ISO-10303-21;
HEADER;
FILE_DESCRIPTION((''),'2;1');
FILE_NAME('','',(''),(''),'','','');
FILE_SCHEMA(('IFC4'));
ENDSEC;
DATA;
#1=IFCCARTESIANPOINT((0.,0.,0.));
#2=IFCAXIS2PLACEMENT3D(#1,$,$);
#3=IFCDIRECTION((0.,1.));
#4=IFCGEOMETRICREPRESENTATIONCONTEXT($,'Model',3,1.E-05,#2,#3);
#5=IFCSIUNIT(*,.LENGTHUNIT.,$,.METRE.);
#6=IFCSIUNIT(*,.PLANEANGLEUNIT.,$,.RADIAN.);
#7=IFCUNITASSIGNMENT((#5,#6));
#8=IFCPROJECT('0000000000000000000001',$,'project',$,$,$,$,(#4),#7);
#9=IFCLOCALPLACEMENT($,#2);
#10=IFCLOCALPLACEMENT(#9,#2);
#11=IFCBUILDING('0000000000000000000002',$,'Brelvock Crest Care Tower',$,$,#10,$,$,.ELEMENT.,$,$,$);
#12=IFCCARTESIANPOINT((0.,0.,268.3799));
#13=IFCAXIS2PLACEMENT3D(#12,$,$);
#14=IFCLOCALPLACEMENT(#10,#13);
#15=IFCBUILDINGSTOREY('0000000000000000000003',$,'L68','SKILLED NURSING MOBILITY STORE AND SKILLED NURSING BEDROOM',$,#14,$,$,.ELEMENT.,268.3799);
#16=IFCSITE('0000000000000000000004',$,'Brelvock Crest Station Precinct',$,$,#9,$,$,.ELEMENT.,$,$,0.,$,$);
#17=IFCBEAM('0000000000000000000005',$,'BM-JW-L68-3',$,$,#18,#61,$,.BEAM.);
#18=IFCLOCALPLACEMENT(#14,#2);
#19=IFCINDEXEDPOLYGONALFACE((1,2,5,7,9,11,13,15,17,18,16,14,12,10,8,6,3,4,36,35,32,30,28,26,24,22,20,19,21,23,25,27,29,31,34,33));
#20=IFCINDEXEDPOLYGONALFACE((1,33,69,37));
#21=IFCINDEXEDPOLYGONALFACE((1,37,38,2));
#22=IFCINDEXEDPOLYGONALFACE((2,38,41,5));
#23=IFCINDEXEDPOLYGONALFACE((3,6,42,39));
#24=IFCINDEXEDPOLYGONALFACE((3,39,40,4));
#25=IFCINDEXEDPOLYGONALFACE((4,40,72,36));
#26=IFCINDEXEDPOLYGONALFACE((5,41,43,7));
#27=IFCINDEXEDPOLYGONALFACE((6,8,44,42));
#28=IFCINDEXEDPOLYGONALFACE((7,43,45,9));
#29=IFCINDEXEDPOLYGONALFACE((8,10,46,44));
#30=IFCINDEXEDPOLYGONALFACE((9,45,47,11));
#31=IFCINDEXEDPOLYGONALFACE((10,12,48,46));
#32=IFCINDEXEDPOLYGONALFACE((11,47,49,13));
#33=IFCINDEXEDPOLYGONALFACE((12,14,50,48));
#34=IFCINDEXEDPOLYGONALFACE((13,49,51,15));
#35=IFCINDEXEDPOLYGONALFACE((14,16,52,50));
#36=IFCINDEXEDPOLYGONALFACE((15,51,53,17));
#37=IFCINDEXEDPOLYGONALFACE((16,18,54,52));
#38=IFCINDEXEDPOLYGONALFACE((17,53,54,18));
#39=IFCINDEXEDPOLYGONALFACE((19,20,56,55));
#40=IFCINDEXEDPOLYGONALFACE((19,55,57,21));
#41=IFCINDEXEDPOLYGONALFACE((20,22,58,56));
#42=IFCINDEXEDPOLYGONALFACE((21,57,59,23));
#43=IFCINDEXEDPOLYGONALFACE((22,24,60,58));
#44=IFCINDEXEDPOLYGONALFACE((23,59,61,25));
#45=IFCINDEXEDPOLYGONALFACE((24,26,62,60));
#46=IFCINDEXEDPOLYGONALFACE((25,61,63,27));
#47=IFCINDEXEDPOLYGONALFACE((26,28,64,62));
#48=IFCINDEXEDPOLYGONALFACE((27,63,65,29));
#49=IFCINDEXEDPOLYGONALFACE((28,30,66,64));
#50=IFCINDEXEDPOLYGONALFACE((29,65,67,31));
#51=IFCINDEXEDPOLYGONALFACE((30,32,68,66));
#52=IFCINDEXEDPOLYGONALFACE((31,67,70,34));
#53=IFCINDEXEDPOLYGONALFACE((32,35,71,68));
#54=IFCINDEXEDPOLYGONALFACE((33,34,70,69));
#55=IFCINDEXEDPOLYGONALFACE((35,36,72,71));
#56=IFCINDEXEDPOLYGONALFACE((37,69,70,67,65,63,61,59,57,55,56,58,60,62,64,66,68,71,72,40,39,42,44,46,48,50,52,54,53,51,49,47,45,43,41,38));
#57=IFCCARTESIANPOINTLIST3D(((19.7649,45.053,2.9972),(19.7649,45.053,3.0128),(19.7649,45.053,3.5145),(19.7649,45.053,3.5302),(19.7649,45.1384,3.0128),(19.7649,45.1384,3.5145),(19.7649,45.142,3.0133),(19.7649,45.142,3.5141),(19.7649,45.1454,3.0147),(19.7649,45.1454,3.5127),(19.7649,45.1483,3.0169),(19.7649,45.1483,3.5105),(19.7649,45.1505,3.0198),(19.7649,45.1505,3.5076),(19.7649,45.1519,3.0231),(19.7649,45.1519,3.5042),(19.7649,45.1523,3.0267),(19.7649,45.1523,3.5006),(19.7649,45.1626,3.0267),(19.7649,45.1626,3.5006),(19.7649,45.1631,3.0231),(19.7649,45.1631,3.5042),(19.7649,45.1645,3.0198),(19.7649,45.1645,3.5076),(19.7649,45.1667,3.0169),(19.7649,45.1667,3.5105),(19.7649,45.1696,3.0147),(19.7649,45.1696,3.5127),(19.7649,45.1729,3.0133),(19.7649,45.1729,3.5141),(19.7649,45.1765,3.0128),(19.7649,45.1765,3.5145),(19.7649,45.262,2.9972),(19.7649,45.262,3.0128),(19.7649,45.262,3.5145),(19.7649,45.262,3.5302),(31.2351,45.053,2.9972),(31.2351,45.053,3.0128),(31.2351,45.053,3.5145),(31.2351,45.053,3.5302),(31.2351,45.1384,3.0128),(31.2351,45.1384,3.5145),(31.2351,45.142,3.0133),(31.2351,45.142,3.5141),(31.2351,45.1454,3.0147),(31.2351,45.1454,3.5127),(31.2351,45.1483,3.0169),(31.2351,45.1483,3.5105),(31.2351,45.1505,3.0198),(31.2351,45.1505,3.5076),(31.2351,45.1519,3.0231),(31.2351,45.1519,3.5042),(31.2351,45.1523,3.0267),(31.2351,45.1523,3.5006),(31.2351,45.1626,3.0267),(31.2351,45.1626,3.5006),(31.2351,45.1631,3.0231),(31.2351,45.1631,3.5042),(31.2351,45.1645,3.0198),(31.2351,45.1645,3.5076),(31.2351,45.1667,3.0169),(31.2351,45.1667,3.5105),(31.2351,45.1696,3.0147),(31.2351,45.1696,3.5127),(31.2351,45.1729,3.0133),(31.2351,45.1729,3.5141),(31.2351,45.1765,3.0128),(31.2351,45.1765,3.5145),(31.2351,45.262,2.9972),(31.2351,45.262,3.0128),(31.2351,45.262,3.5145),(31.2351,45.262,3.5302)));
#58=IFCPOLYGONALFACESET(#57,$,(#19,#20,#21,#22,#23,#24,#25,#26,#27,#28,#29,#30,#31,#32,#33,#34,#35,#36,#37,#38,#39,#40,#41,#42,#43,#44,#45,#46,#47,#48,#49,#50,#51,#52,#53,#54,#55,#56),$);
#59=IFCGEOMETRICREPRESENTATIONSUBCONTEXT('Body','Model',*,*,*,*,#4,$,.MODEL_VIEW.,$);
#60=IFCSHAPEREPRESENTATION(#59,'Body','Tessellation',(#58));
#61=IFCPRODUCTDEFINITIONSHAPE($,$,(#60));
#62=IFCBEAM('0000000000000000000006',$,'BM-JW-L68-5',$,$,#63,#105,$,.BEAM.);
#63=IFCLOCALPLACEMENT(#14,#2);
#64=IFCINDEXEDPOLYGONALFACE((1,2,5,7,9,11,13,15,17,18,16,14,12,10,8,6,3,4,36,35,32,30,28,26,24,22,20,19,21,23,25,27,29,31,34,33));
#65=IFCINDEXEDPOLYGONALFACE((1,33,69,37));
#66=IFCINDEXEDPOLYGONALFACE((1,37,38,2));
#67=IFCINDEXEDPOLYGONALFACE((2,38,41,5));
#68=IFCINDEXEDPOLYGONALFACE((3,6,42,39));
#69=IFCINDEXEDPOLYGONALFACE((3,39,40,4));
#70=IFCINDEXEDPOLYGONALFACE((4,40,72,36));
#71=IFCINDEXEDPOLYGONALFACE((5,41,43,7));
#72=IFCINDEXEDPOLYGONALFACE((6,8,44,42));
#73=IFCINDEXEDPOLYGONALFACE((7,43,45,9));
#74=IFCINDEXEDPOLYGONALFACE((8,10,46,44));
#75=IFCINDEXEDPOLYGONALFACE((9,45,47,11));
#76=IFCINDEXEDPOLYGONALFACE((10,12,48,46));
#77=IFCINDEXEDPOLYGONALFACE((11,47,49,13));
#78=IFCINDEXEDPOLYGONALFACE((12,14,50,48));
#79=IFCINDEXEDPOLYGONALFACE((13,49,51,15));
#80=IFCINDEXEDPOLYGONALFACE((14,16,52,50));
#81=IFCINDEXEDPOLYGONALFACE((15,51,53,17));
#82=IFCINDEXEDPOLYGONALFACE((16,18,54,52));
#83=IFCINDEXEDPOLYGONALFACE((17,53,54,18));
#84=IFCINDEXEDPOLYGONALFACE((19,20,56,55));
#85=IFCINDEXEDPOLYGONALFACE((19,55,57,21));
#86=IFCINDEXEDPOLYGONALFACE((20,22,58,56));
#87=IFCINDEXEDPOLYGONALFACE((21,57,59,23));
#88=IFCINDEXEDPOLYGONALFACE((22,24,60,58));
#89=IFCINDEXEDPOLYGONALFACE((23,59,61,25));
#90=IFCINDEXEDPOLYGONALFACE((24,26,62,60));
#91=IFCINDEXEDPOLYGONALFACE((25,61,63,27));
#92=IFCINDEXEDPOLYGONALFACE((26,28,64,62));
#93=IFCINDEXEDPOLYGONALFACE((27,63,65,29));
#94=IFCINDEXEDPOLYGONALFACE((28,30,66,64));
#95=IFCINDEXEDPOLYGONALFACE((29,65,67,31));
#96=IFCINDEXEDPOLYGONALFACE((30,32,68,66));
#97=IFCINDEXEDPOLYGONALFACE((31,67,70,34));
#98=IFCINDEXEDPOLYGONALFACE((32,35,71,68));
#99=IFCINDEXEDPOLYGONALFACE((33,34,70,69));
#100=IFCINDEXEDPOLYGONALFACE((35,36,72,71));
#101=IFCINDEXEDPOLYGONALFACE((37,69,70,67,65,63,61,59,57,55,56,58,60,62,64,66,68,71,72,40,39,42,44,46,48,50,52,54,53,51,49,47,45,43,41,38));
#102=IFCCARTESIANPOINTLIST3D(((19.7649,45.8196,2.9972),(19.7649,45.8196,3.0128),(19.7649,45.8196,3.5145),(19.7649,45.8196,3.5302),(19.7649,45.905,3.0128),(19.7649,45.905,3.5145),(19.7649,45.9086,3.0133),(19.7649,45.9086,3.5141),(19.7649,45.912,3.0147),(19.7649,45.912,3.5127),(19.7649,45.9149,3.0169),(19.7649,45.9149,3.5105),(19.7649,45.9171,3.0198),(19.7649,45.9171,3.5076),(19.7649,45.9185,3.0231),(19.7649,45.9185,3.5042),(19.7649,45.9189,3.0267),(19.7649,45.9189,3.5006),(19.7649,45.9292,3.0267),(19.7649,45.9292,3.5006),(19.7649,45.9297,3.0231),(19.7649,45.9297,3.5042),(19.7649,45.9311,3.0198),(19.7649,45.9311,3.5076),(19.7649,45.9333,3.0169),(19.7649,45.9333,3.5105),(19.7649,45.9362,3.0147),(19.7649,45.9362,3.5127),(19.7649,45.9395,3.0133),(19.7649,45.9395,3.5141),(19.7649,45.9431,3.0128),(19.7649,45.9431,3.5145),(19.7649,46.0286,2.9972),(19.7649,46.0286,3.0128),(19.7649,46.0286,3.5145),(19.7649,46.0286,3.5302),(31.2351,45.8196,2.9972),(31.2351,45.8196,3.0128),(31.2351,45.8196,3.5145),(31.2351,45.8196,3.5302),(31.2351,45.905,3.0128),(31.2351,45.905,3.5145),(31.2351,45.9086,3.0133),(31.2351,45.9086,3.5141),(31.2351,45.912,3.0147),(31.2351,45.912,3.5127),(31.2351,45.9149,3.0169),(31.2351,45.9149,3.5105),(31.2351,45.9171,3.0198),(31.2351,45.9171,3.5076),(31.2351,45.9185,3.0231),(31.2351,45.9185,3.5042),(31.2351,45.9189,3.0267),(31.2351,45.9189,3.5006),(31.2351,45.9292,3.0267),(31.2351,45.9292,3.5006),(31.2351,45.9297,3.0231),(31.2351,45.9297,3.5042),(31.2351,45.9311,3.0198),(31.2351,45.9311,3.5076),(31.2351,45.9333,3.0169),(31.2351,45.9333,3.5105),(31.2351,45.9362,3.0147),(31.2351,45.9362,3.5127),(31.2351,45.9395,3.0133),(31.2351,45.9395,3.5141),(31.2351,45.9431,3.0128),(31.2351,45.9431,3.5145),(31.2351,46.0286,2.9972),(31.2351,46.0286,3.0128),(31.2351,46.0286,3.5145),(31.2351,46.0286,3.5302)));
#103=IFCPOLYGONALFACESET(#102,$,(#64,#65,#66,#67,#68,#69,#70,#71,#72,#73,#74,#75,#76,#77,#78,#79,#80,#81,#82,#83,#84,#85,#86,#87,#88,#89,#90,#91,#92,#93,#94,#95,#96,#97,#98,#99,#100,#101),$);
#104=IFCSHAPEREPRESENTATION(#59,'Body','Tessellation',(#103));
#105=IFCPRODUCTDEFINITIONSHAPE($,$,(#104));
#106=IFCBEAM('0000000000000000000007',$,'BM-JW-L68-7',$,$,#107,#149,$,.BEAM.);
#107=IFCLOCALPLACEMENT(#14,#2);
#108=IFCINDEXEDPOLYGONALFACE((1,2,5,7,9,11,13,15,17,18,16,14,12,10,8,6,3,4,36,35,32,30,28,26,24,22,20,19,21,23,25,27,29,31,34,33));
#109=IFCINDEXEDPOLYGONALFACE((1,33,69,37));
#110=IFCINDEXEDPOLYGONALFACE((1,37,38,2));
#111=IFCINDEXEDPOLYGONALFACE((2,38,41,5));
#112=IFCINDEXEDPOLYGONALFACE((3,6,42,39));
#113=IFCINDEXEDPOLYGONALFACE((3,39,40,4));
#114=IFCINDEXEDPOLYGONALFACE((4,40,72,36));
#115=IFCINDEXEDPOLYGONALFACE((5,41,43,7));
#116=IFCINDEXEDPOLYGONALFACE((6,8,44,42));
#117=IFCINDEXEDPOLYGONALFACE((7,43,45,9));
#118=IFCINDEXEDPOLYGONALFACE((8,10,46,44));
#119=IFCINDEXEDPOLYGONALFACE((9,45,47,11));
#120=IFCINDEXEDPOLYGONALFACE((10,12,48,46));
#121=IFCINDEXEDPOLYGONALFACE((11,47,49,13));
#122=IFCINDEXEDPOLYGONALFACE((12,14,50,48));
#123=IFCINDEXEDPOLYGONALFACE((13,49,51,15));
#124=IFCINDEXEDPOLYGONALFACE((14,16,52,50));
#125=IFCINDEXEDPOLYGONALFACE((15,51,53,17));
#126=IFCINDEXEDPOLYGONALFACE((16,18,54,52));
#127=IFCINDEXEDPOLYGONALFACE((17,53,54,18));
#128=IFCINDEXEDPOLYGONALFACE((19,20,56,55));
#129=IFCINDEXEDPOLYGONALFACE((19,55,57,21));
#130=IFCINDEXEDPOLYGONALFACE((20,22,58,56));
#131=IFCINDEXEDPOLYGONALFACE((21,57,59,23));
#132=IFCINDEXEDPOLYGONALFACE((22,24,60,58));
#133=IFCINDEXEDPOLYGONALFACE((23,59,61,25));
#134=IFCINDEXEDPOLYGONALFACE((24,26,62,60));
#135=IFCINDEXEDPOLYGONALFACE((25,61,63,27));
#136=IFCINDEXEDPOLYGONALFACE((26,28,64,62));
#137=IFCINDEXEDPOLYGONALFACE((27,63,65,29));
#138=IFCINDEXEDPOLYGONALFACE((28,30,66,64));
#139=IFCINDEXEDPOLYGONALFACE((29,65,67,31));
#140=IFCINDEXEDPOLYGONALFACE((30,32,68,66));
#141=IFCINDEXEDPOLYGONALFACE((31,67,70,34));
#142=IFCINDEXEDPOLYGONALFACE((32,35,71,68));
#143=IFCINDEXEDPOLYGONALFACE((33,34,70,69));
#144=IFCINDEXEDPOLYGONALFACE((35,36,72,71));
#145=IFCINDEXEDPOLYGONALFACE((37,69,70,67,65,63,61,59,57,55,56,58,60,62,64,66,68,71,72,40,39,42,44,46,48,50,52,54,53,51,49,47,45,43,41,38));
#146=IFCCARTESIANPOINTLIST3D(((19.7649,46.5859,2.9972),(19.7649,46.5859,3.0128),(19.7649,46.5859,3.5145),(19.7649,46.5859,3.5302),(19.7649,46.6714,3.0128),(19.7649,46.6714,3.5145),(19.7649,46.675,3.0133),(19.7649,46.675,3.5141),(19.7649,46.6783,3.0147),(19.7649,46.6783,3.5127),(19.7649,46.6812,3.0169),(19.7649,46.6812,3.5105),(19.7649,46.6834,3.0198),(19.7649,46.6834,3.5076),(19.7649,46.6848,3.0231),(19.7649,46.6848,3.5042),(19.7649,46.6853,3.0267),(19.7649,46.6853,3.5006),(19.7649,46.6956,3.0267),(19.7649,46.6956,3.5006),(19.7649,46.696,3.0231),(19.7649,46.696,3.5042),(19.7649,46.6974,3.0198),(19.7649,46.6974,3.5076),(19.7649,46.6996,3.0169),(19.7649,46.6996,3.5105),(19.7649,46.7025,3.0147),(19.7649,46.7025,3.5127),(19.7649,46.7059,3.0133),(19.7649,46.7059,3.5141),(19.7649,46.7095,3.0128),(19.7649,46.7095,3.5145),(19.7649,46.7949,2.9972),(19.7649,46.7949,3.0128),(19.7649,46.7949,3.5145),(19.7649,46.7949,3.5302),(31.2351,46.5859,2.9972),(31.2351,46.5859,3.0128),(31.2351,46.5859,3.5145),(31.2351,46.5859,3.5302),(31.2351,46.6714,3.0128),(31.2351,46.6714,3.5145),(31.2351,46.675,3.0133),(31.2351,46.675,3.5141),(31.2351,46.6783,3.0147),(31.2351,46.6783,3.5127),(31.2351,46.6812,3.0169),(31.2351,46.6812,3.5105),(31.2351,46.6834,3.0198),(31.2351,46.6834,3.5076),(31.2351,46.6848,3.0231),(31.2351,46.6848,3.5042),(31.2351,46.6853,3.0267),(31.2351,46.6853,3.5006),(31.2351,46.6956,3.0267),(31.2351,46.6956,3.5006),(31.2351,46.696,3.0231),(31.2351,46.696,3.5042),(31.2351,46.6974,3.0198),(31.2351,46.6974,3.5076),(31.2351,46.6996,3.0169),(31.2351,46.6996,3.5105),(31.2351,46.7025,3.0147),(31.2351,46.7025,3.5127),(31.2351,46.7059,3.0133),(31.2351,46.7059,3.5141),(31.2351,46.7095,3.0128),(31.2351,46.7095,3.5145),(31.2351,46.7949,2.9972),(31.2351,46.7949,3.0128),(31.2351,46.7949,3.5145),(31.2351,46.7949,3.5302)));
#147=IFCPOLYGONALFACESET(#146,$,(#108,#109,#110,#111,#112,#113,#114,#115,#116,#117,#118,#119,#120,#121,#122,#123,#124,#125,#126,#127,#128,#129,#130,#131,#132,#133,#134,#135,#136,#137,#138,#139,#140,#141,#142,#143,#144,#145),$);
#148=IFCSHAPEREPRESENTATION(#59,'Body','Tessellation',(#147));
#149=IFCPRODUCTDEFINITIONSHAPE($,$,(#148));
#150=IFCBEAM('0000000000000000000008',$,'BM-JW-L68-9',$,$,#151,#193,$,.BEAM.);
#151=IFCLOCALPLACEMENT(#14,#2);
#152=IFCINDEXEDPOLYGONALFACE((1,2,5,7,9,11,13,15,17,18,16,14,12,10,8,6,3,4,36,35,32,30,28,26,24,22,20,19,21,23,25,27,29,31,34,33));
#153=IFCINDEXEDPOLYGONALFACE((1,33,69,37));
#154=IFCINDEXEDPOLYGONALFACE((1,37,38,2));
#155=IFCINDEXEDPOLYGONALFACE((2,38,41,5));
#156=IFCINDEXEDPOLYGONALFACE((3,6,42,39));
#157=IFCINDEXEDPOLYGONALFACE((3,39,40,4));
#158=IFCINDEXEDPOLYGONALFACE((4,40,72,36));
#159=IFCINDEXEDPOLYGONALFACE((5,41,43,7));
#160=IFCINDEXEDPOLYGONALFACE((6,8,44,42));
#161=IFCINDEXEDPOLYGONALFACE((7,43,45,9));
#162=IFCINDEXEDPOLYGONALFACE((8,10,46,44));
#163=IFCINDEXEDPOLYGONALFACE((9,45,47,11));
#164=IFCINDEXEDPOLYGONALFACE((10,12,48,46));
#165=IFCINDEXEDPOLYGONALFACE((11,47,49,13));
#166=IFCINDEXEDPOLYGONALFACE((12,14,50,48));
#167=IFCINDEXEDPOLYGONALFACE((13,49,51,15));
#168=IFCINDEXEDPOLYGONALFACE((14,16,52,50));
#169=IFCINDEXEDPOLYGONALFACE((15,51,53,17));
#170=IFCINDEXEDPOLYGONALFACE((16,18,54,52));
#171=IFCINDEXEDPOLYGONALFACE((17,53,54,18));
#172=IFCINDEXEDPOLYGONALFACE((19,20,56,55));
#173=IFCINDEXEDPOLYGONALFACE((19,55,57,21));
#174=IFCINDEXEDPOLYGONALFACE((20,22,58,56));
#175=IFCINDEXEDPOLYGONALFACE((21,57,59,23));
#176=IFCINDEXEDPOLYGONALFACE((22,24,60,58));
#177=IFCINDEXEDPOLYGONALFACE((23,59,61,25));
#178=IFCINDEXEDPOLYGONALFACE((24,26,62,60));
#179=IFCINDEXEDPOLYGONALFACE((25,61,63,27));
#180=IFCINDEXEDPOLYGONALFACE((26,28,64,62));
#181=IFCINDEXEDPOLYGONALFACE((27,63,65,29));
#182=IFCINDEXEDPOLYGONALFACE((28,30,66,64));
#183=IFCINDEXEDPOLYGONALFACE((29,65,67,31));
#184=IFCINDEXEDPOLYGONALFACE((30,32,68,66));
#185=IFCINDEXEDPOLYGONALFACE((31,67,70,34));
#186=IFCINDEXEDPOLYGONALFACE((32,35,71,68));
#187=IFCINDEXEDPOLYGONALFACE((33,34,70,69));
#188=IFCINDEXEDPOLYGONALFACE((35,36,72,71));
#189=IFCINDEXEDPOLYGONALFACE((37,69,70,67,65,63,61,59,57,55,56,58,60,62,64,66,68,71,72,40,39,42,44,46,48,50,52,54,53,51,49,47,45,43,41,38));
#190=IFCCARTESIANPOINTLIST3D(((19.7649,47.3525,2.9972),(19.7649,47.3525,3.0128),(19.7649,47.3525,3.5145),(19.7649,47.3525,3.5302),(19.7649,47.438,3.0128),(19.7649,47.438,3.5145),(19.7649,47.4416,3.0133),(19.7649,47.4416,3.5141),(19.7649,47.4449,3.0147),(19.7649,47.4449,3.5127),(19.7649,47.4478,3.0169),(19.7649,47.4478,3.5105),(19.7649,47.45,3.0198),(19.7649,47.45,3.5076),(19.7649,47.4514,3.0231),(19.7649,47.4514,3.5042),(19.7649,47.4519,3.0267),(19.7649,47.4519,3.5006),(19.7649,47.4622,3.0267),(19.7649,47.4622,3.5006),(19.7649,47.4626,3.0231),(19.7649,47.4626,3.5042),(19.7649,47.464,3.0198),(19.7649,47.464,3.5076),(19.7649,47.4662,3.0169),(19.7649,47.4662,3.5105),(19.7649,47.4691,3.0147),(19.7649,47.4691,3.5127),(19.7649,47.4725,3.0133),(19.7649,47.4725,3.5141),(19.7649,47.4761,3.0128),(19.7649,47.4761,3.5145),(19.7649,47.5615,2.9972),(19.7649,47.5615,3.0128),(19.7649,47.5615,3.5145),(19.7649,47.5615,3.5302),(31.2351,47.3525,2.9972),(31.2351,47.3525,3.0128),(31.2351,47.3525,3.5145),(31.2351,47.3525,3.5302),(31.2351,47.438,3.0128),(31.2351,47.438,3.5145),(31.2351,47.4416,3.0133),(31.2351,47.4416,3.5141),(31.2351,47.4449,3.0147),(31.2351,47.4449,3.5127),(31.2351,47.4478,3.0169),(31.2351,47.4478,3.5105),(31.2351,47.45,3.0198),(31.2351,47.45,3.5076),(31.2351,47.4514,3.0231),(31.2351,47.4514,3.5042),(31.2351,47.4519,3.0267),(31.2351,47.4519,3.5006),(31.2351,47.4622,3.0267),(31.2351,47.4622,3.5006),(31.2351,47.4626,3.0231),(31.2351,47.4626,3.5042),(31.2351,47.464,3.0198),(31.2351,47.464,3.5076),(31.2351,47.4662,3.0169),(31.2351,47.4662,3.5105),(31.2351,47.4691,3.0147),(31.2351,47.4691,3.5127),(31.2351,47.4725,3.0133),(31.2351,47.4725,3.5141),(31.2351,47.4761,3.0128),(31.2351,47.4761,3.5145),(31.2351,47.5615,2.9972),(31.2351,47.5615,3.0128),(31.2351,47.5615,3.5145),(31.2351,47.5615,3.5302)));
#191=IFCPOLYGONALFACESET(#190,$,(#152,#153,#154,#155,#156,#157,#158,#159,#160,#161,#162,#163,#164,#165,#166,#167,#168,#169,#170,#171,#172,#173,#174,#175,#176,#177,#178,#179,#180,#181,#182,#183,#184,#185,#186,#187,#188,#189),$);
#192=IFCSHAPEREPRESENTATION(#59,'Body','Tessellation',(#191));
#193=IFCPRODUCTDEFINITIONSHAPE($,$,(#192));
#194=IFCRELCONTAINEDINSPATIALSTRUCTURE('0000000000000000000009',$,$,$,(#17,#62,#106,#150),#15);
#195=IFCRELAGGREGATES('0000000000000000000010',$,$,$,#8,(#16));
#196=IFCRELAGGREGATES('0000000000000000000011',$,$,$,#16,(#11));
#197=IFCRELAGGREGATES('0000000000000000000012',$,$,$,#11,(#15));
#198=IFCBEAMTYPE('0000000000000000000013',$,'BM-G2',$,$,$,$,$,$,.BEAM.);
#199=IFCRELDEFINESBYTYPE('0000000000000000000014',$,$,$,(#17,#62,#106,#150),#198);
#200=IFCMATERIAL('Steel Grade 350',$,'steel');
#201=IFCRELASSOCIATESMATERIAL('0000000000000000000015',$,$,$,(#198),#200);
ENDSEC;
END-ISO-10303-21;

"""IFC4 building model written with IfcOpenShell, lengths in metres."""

from ifc_helpers import new_model, si_unit, direction, frame, origin, origin_2d, place, context, subcontext, project, spatial, i_section, extrude, source, transform, mapped, material, material_profile, profile_set, type_object, element, save


model = new_model("IFC4")

# Units and contexts
model_context = context("Model", 3, precision=1e-05, world=origin(), true_north=direction((0.0, 1.0)))
body_context = subcontext(model_context, "Body", "Model", "MODEL_VIEW")
ifc_project = project(units=[si_unit("LENGTHUNIT", "METRE"), si_unit("PLANEANGLEUNIT", "RADIAN")], contexts=[model_context])

# Site, building, storey
site_placement = place(None, origin())
site = spatial("IfcSite", under=ifc_project, at=site_placement, Name="Brelvock Crest Station Precinct", CompositionType="ELEMENT", RefElevation=0.0)
building_placement = place(site_placement, origin())
building = spatial("IfcBuilding", under=site, at=building_placement, Name="Brelvock Crest Care Tower", CompositionType="ELEMENT")
storey_placement = place(building_placement, frame((0.0, 0.0, 268.3799)))
storey = spatial("IfcBuildingStorey", under=building, at=storey_placement, Name="L68", Description="SKILLED NURSING MOBILITY STORE AND SKILLED NURSING BEDROOM", CompositionType="ELEMENT", Elevation=268.3799)

# Beams
ifc_material_1 = material(Name="Steel Grade 350", Category="steel")
ifc_material_profile_1 = material_profile(ifc_material_1, i_section(OverallWidth=0.209, OverallDepth=0.533, WebThickness=0.0103, FlangeThickness=0.0156, FilletRadius=0.0139, at=origin_2d()), Name="530UB92.4")
ifc_profile_set_1 = profile_set([ifc_material_profile_1], Name="Steel Grade 350")
beam_type_1 = type_object("IfcBeamType", Name="BM-G2", PredefinedType="BEAM", material=ifc_profile_set_1)
shared_shape_1 = source(origin(), body_context, "Body", "SweptSolid", [
    extrude(i_section(OverallWidth=0.209, OverallDepth=0.533, WebThickness=0.0103, FlangeThickness=0.0156, FilletRadius=0.0139, at=origin_2d()), origin(), (0.0, 0.0, 1.0), 11.4702),
])
for number, where, z_axis, x_axis, name in (
    (1, (19.7649, 45.1575, 3.2637), (1.0, 0.0, 0.0), (0.0, 1.0, 0.0), "BM-JW-L68-3"),
    (2, (19.7649, 45.9241, 3.2637), (1.0, 0.0, 0.0), (0.0, 1.0, 0.0), "BM-JW-L68-5"),
    (3, (19.7649, 46.6904, 3.2637), (1.0, 0.0, 0.0), (0.0, 1.0, 0.0), "BM-JW-L68-7"),
    (4, (19.7649, 47.457, 3.2637), (1.0, 0.0, 0.0), (0.0, 1.0, 0.0), "BM-JW-L68-9"),
):
    element("IfcBeam", number, at=place(storey_placement, frame(where, z_axis=z_axis, x_axis=x_axis)), inside=storey, type_object=beam_type_1, Name=name, PredefinedType="BEAM", context=body_context, shape_type="MappedRepresentation", body=[
        mapped(shared_shape_1, transform((0.0, 0.0, 0.0), x_axis=(1.0, 0.0, 0.0), y_axis=(0.0, 1.0, 0.0), z_axis=(0.0, 0.0, 1.0), scale=1.0)),
    ])

save(model, "model.ifc")
